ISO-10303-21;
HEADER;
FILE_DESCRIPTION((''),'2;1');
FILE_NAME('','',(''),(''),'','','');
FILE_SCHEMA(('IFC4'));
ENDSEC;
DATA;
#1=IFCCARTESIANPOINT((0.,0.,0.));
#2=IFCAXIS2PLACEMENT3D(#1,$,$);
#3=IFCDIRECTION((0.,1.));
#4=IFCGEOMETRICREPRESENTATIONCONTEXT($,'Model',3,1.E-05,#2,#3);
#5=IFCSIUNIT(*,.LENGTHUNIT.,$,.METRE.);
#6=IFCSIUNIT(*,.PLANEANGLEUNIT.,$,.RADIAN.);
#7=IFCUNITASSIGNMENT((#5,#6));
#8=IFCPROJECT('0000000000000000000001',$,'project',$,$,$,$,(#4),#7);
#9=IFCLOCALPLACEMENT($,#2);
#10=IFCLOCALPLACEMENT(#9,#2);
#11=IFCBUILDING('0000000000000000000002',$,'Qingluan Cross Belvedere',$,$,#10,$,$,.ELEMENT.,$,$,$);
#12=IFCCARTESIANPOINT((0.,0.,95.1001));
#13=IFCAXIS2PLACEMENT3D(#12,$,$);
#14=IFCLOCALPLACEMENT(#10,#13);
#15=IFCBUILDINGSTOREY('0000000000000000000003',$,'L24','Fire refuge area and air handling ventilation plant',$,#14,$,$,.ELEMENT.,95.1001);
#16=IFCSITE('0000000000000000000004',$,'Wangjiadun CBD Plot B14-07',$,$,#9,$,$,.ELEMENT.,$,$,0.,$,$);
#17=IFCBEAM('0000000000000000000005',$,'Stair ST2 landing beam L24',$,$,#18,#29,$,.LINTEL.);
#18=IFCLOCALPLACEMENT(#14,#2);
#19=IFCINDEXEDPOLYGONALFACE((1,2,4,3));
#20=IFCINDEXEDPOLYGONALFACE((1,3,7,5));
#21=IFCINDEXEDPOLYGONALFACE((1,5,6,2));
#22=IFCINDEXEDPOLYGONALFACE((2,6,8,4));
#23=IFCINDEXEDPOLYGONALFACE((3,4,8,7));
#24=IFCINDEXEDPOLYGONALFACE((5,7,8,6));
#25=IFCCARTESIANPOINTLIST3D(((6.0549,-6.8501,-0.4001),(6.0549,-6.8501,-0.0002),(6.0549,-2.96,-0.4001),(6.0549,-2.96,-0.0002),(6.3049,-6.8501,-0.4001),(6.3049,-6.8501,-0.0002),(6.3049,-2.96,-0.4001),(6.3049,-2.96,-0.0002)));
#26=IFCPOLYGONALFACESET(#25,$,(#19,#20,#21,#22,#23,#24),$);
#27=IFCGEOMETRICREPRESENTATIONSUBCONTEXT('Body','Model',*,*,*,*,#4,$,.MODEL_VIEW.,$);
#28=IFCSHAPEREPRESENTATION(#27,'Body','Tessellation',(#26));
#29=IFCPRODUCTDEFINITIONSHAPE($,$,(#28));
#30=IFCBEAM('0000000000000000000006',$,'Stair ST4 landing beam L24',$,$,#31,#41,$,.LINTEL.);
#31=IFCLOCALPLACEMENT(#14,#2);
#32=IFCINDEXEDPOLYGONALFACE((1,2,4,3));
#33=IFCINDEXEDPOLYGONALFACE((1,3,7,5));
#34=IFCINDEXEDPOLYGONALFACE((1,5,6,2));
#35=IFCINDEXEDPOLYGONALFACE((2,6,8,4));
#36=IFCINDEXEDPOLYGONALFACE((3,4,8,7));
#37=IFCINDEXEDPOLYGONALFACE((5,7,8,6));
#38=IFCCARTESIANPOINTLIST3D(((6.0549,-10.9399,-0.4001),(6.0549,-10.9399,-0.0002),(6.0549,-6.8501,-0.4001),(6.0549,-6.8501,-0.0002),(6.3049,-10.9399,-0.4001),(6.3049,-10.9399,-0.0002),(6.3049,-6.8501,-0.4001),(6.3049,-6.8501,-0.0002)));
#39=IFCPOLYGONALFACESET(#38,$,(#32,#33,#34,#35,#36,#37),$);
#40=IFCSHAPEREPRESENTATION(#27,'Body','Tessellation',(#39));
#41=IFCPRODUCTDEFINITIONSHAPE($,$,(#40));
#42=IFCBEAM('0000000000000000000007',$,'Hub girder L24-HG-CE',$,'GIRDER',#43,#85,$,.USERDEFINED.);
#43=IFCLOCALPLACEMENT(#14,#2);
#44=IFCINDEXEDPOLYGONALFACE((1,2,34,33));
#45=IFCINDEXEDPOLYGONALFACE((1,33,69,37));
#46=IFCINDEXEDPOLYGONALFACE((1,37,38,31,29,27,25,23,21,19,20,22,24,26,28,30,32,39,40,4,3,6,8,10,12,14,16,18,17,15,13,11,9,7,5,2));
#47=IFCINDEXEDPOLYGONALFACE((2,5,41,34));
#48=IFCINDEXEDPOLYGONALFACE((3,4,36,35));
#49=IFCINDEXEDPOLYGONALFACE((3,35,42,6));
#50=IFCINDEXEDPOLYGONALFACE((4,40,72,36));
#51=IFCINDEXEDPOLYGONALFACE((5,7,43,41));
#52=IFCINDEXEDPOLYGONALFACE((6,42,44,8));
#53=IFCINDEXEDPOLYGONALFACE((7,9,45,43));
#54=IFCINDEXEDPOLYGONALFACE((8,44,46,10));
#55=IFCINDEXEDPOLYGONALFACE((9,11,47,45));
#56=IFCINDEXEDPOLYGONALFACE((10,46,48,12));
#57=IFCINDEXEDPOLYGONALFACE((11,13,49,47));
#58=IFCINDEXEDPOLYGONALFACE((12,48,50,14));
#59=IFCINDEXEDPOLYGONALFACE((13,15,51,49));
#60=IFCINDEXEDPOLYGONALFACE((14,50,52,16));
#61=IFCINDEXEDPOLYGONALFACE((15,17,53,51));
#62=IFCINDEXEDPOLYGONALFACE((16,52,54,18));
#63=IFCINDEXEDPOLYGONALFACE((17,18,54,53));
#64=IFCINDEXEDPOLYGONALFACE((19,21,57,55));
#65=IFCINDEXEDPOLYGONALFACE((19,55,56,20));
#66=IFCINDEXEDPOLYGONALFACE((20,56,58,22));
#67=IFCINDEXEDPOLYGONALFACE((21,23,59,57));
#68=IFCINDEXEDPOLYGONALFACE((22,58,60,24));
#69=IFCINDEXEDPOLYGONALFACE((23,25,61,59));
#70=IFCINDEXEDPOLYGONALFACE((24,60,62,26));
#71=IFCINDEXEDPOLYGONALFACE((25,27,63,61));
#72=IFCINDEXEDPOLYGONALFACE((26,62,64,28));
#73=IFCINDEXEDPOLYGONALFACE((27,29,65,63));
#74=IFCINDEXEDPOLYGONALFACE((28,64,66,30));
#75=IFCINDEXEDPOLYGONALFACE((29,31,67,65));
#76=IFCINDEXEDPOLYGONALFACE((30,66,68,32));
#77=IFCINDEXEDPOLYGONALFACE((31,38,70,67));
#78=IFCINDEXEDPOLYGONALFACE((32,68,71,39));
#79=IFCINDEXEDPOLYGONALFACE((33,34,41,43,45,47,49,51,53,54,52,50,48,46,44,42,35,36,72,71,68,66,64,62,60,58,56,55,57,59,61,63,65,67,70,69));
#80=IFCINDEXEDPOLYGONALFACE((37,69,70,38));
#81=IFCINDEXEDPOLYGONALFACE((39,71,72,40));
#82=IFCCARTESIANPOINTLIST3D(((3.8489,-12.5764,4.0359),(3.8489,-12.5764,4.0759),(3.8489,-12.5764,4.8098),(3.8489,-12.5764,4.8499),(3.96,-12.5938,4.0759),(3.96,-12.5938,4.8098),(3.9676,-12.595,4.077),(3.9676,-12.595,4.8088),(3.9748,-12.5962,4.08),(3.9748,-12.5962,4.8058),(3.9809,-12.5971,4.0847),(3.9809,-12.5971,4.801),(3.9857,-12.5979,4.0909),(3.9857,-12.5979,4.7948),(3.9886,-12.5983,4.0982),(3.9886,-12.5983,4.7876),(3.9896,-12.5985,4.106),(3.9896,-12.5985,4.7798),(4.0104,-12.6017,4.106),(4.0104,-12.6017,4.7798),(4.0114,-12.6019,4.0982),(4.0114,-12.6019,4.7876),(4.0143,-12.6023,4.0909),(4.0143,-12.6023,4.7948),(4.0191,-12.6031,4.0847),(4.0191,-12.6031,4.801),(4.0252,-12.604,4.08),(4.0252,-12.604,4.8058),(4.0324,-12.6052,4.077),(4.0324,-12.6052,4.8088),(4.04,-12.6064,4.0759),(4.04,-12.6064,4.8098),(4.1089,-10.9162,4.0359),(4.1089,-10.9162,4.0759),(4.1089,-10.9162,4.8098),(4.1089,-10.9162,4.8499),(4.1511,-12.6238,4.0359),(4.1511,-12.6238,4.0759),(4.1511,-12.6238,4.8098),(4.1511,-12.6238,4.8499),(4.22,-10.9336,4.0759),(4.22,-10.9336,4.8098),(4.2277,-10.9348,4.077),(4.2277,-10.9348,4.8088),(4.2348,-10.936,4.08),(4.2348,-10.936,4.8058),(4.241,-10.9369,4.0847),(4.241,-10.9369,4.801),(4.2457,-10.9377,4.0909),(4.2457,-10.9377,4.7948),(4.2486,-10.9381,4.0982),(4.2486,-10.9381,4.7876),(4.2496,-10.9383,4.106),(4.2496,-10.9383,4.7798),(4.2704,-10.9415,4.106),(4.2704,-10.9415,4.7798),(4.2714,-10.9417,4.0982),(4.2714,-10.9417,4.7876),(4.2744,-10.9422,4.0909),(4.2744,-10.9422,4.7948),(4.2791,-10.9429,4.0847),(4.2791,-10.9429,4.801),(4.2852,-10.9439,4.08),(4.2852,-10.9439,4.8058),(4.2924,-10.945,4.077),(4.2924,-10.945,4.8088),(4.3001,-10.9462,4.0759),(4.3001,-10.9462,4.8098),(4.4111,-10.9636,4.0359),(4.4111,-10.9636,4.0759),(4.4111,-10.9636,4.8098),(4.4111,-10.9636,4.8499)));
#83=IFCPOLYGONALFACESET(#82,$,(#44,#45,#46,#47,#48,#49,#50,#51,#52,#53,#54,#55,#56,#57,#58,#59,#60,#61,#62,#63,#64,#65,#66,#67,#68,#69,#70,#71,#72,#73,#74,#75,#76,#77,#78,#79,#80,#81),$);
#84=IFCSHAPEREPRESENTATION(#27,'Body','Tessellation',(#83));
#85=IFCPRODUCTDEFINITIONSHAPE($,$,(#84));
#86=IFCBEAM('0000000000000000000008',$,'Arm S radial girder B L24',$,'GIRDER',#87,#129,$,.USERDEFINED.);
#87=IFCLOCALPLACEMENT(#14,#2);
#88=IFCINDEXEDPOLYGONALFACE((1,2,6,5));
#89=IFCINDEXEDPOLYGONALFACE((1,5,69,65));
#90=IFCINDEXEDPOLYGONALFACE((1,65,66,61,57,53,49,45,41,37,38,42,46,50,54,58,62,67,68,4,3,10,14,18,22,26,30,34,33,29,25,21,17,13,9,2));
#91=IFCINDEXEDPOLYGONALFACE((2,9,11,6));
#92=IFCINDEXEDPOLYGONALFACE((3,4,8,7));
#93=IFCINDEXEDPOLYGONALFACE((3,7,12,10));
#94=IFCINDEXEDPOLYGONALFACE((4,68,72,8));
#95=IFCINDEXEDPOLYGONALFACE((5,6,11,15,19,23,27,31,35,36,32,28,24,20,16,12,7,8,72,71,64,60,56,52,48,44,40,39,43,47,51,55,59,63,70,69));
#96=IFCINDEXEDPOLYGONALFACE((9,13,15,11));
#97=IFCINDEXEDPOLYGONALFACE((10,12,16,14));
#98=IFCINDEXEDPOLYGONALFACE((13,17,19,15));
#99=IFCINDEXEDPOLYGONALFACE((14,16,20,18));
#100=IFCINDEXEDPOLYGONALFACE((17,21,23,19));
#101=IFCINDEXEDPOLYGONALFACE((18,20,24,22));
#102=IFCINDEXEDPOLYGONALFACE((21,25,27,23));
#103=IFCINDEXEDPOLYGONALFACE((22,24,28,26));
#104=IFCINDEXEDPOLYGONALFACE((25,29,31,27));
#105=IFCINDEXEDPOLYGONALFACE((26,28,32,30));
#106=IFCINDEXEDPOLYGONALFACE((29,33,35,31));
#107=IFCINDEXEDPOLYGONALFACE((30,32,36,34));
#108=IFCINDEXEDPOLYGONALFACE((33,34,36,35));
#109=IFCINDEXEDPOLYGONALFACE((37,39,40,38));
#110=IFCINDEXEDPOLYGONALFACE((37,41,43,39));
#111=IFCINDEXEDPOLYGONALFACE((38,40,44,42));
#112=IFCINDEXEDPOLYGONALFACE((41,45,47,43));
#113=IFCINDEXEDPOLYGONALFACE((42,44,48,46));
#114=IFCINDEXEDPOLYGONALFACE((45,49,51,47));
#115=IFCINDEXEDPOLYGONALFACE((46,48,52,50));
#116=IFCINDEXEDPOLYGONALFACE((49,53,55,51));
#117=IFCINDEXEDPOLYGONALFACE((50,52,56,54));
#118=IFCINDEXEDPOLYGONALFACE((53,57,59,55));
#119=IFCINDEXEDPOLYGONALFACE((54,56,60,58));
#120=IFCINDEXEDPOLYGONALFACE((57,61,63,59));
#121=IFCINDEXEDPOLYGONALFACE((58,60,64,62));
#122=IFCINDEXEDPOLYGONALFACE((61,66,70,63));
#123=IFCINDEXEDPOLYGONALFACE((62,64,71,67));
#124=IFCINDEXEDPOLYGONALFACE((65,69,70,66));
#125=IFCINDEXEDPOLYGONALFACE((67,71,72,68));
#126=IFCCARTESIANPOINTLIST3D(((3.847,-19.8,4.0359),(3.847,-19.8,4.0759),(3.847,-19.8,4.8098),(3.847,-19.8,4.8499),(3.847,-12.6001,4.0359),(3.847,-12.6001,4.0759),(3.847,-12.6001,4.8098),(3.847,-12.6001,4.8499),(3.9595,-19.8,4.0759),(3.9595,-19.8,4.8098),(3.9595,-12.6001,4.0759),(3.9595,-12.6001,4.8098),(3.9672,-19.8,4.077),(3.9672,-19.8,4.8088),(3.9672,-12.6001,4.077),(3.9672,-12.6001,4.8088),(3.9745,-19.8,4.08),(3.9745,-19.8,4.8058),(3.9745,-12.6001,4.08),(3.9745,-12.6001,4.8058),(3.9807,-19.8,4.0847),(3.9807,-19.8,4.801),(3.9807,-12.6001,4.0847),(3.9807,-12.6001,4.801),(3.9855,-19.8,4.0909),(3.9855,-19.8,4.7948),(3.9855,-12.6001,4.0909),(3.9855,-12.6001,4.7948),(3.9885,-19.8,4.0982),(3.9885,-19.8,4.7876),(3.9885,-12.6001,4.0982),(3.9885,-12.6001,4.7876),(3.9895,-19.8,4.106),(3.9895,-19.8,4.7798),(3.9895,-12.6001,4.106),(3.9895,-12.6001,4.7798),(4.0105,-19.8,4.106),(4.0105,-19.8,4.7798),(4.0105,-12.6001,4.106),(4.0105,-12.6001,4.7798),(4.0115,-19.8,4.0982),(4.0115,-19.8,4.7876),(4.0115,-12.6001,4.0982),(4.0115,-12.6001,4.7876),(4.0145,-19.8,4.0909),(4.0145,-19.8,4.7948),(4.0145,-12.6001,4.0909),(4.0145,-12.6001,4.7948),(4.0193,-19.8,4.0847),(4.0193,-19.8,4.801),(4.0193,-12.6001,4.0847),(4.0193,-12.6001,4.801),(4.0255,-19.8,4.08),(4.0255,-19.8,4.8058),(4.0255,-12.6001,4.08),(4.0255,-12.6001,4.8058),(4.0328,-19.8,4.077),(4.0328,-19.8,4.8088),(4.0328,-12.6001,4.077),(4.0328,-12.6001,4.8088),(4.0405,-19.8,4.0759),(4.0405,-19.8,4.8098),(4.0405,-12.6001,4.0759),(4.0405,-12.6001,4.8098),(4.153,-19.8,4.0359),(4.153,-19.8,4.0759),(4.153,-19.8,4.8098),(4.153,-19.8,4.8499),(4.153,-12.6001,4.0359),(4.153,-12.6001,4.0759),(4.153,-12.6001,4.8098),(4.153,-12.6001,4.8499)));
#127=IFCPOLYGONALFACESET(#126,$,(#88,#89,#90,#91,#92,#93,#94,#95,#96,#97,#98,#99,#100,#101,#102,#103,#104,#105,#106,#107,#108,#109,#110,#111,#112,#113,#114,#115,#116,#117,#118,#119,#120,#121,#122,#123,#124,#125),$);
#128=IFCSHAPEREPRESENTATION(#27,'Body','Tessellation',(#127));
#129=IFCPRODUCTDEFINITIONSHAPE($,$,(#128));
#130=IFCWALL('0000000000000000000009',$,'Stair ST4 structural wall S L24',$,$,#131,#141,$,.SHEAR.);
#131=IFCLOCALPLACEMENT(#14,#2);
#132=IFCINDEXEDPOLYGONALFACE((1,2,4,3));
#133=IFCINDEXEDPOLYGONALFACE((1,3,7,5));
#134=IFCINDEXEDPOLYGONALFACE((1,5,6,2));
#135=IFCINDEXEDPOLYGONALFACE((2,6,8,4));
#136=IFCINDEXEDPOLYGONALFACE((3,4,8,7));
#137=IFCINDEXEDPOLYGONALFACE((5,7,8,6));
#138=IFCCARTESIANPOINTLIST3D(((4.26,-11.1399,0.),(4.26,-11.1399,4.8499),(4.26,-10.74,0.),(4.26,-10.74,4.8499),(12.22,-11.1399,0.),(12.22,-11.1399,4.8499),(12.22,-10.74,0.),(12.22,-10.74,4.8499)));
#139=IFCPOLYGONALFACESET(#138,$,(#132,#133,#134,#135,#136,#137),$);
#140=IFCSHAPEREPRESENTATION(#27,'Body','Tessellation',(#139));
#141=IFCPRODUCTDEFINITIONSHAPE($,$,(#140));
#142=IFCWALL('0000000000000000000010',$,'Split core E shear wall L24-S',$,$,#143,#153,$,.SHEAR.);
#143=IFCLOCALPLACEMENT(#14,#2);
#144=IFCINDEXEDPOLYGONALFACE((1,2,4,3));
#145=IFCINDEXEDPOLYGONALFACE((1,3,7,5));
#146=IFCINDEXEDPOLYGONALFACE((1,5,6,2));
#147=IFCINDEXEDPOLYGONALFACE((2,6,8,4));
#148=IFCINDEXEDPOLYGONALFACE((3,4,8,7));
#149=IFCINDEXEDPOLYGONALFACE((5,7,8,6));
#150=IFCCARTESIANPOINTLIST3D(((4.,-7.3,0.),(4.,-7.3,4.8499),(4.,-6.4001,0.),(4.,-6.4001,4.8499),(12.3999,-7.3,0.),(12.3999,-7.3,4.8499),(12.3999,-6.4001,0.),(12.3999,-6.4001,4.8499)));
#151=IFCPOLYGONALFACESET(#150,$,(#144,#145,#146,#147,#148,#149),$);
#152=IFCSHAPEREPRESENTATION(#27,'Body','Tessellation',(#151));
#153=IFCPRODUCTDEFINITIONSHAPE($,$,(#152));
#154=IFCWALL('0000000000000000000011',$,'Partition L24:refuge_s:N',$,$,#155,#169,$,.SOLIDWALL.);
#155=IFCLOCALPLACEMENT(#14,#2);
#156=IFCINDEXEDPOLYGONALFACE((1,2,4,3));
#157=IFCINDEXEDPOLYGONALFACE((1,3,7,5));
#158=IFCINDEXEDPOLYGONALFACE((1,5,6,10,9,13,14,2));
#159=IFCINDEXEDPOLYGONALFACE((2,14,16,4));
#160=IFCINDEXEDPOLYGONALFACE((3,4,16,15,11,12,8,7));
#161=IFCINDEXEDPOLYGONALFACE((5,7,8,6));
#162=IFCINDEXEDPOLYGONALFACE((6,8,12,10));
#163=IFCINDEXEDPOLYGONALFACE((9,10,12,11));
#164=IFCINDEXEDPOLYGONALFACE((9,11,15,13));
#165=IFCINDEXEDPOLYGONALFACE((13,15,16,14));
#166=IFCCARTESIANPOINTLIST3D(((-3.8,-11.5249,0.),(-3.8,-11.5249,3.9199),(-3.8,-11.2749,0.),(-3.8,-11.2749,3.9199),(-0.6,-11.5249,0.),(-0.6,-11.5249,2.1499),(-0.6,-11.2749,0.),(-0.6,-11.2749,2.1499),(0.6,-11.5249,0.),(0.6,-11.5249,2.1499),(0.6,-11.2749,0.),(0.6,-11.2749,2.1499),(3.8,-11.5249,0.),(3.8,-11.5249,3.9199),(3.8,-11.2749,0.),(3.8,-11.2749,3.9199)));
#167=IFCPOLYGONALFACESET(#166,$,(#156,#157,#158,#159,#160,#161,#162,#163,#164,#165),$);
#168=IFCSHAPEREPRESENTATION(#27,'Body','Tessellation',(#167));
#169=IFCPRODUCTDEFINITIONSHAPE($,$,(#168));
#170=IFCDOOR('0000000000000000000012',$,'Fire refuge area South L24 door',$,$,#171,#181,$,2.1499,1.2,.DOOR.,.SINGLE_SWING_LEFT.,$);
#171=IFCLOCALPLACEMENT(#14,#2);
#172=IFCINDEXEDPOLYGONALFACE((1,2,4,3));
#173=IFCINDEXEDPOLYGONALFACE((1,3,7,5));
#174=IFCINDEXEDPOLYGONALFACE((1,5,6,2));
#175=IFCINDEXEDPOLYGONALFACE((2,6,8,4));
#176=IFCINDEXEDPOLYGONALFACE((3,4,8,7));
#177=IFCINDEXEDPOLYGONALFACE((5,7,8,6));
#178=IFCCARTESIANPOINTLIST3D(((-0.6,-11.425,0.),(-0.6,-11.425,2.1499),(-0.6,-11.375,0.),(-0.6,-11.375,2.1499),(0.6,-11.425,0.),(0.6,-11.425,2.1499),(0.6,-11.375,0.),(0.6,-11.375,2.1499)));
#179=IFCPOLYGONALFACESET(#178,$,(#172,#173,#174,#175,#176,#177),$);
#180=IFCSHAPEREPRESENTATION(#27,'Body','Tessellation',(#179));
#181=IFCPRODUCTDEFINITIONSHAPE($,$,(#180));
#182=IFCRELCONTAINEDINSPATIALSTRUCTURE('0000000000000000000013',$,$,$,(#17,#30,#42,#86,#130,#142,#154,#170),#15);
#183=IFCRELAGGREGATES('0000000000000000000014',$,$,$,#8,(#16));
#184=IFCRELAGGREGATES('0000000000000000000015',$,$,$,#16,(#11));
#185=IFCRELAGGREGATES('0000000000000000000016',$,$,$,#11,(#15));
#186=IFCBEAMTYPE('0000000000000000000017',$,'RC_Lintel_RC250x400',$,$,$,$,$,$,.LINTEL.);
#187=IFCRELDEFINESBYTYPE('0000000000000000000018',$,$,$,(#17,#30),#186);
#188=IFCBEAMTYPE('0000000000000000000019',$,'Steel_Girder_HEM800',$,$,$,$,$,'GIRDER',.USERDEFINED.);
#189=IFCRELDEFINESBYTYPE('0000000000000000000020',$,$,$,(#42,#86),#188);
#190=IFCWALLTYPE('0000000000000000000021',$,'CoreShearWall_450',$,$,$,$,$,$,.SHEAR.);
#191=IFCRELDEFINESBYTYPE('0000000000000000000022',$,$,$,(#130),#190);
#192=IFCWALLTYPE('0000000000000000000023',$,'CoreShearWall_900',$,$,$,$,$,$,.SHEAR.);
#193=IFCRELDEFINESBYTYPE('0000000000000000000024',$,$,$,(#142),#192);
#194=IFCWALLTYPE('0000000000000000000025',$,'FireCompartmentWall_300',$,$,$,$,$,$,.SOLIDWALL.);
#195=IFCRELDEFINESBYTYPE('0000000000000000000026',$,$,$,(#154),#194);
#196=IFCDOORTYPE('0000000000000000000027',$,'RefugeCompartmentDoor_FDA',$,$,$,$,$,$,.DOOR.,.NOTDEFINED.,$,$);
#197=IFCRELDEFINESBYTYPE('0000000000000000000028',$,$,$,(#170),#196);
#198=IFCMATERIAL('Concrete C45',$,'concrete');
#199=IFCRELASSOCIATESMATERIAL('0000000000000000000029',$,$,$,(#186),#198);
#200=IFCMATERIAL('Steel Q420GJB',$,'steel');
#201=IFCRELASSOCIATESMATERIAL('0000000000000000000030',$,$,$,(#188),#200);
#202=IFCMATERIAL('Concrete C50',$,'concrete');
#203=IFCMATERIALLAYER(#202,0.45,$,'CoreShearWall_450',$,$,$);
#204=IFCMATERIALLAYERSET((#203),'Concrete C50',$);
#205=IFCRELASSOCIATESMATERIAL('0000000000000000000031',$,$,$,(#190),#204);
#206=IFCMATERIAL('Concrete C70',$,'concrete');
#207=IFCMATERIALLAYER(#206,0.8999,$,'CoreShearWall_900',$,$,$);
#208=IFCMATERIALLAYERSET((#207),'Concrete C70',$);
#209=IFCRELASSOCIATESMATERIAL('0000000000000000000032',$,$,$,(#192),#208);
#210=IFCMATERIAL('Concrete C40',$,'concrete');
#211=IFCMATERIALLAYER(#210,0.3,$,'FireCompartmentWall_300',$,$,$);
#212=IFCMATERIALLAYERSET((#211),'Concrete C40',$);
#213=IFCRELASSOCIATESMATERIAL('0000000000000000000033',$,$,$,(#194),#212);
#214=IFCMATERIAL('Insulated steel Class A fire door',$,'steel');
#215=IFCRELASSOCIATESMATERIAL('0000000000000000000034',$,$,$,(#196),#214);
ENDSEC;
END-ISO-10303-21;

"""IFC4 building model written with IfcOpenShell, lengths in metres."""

from ifc_helpers import new_model, si_unit, direction, frame, frame_2d, origin, origin_2d, place, context, subcontext, project, spatial, rectangle, i_section, extrude, material, layer, layer_set, material_profile, profile_set, type_object, element, fill, save


model = new_model("IFC4")

# Units and contexts
model_context = context("Model", 3, precision=1e-05, world=origin(), true_north=direction((0.0, 1.0)))
body_context = subcontext(model_context, "Body", "Model", "MODEL_VIEW")
ifc_project = project(units=[si_unit("LENGTHUNIT", "METRE"), si_unit("PLANEANGLEUNIT", "RADIAN")], contexts=[model_context])

# Site, building, storey
site_placement = place(None, origin())
site = spatial("IfcSite", under=ifc_project, at=site_placement, Name="Wangjiadun CBD Plot B14-07", CompositionType="ELEMENT", RefElevation=0.0)
building_placement = place(site_placement, origin())
building = spatial("IfcBuilding", under=site, at=building_placement, Name="Qingluan Cross Belvedere", CompositionType="ELEMENT")
storey_placement = place(building_placement, frame((0.0, 0.0, 95.1001)))
storey = spatial("IfcBuildingStorey", under=building, at=storey_placement, Name="L24", Description="Fire refuge area and air handling ventilation plant", CompositionType="ELEMENT", Elevation=95.1001)

# Beams
ifc_material_1 = material(Name="Concrete C45", Category="concrete")
ifc_material_profile_1 = material_profile(ifc_material_1, rectangle(XDim=0.25, YDim=0.3999, at=origin_2d()), Name="RC250x400")
ifc_profile_set_1 = profile_set([ifc_material_profile_1], Name="Concrete C45")
beam_type_1 = type_object("IfcBeamType", Name="RC_Lintel_RC250x400", PredefinedType="LINTEL", material=ifc_profile_set_1)
beam_1_placement = place(storey_placement, frame((6.1799, -6.8501, -0.2002), z_axis=(0.0, 1.0, 0.0), x_axis=(-1.0, 0.0, 0.0)))
element("IfcBeam", 1, at=beam_1_placement, inside=storey, type_object=beam_type_1, Name="Stair ST2 landing beam L24", PredefinedType="LINTEL", context=body_context, shape_type="SweptSolid", body=[
    extrude(rectangle(XDim=0.25, YDim=0.3999, at=origin_2d()), origin(), (0.0, 0.0, 1.0), 3.8901),
])
beam_2_placement = place(storey_placement, frame((6.1799, -10.9399, -0.2002), z_axis=(0.0, 1.0, 0.0), x_axis=(-1.0, 0.0, 0.0)))
element("IfcBeam", 2, at=beam_2_placement, inside=storey, type_object=beam_type_1, Name="Stair ST4 landing beam L24", PredefinedType="LINTEL", context=body_context, shape_type="SweptSolid", body=[
    extrude(rectangle(XDim=0.25, YDim=0.3999, at=origin_2d()), origin(), (0.0, 0.0, 1.0), 4.0898),
])
ifc_material_2 = material(Name="Steel Q420GJB", Category="steel")
ifc_material_profile_2 = material_profile(ifc_material_2, i_section(OverallWidth=0.3059, OverallDepth=0.814, WebThickness=0.021, FlangeThickness=0.04, FilletRadius=0.03, at=origin_2d()), Name="HEM800")
ifc_profile_set_2 = profile_set([ifc_material_profile_2], Name="Steel Q420GJB")
beam_type_2 = type_object("IfcBeamType", Name="Steel_Girder_HEM800", ElementType="GIRDER", PredefinedType="USERDEFINED", material=ifc_profile_set_2)
beam_3_placement = place(storey_placement, frame((4.0, -12.6001, 4.4429), z_axis=(0.154731, 0.987957, 0.0), x_axis=(-0.987957, 0.154731, 0.0)))
element("IfcBeam", 3, at=beam_3_placement, inside=storey, type_object=beam_type_2, Name="Hub girder L24-HG-CE", ObjectType="GIRDER", PredefinedType="USERDEFINED", context=body_context, shape_type="SweptSolid", body=[
    extrude(i_section(OverallWidth=0.3059, OverallDepth=0.814, WebThickness=0.021, FlangeThickness=0.04, FilletRadius=0.03, at=origin_2d()), origin(), (0.0, 0.0, 1.0), 1.6804),
])
beam_4_placement = place(storey_placement, frame((4.0, -12.6001, 4.4429), z_axis=(0.0, -1.0, 0.0), x_axis=(1.0, 0.0, 0.0)))
element("IfcBeam", 4, at=beam_4_placement, inside=storey, type_object=beam_type_2, Name="Arm S radial girder B L24", ObjectType="GIRDER", PredefinedType="USERDEFINED", context=body_context, shape_type="SweptSolid", body=[
    extrude(i_section(OverallWidth=0.3059, OverallDepth=0.814, WebThickness=0.021, FlangeThickness=0.04, FilletRadius=0.03, at=origin_2d()), origin(), (0.0, 0.0, 1.0), 7.2),
])

# Wall
ifc_material_3 = material(Name="Concrete C50", Category="concrete")
ifc_layer_1 = layer(ifc_material_3, 0.45, Name="CoreShearWall_450")
ifc_layer_set_1 = layer_set([ifc_layer_1], Name="Concrete C50")
wall_type_1 = type_object("IfcWallType", Name="CoreShearWall_450", PredefinedType="SHEAR", material=ifc_layer_set_1)
wall_1_placement = place(storey_placement, frame((4.26, -10.9399, 0.0), z_axis=(0.0, 0.0, 1.0), x_axis=(1.0, 0.0, 0.0)))
element("IfcWall", 5, at=wall_1_placement, inside=storey, type_object=wall_type_1, Name="Stair ST4 structural wall S L24", PredefinedType="SHEAR", context=body_context, shape_type="SweptSolid", body=[
    extrude(rectangle(XDim=7.96, YDim=0.3999, at=frame_2d((3.98, 0.0))), origin(), (0.0, 0.0, 1.0), 4.8499),
])

# Wall
ifc_material_4 = material(Name="Concrete C70", Category="concrete")
ifc_layer_2 = layer(ifc_material_4, 0.8999, Name="CoreShearWall_900")
ifc_layer_set_2 = layer_set([ifc_layer_2], Name="Concrete C70")
wall_type_2 = type_object("IfcWallType", Name="CoreShearWall_900", PredefinedType="SHEAR", material=ifc_layer_set_2)
wall_2_placement = place(storey_placement, frame((4.0, -6.8501, 0.0), z_axis=(0.0, 0.0, 1.0), x_axis=(1.0, 0.0, 0.0)))
element("IfcWall", 6, at=wall_2_placement, inside=storey, type_object=wall_type_2, Name="Split core E shear wall L24-S", PredefinedType="SHEAR", context=body_context, shape_type="SweptSolid", body=[
    extrude(rectangle(XDim=8.3999, YDim=0.8999, at=frame_2d((4.2, 0.0))), origin(), (0.0, 0.0, 1.0), 4.8499),
])

# Wall, opening, door
ifc_material_5 = material(Name="Concrete C40", Category="concrete")
ifc_layer_3 = layer(ifc_material_5, 0.3, Name="FireCompartmentWall_300")
ifc_layer_set_3 = layer_set([ifc_layer_3], Name="Concrete C40")
wall_type_3 = type_object("IfcWallType", Name="FireCompartmentWall_300", PredefinedType="SOLIDWALL", material=ifc_layer_set_3)
wall_3_placement = place(storey_placement, frame((-3.8, -11.3999, 0.0), z_axis=(0.0, 0.0, 1.0), x_axis=(1.0, 0.0, 0.0)))
wall_3 = element("IfcWall", 7, at=wall_3_placement, inside=storey, type_object=wall_type_3, Name="Partition L24:refuge_s:N", PredefinedType="SOLIDWALL", context=body_context, shape_type="SweptSolid", body=[
    extrude(rectangle(XDim=7.6001, YDim=0.25, at=frame_2d((3.8, 0.0))), origin(), (0.0, 0.0, 1.0), 3.9199),
])
opening_1_placement = place(wall_3_placement, frame((3.2, 0.0, 0.0)))
opening_1 = element("IfcOpeningElement", 8, at=opening_1_placement, cuts=wall_3, PredefinedType="OPENING", context=body_context, shape_type="SweptSolid", body=[
    extrude(rectangle(XDim=1.2, YDim=2.1499, at=frame_2d((0.6001, 1.075))), frame((0.0, 0.135, 0.0), z_axis=(0.0, -1.0, 0.0), x_axis=(1.0, 0.0, 0.0)), (0.0, 0.0, 1.0), 0.27),
])
ifc_material_6 = material(Name="Insulated steel Class A fire door", Category="steel")
door_type_1 = type_object("IfcDoorType", Name="RefugeCompartmentDoor_FDA", OperationType="NOTDEFINED", PredefinedType="DOOR", material=ifc_material_6)
door_1_placement = place(opening_1_placement, origin())
door_1 = element("IfcDoor", 9, at=door_1_placement, inside=storey, type_object=door_type_1, Name="Fire refuge area South L24 door", OperationType="SINGLE_SWING_LEFT", OverallHeight=2.1499, OverallWidth=1.2, PredefinedType="DOOR", context=body_context, shape_type="SweptSolid", body=[
    extrude(rectangle(XDim=1.2, YDim=2.1499, at=frame_2d((0.6001, 1.075))), frame((0.0, 0.0249, 0.0), z_axis=(0.0, -1.0, 0.0), x_axis=(1.0, 0.0, 0.0)), (0.0, 0.0, 1.0), 0.05),
])
fill(opening_1, door_1)

save(model, "model.ifc")
